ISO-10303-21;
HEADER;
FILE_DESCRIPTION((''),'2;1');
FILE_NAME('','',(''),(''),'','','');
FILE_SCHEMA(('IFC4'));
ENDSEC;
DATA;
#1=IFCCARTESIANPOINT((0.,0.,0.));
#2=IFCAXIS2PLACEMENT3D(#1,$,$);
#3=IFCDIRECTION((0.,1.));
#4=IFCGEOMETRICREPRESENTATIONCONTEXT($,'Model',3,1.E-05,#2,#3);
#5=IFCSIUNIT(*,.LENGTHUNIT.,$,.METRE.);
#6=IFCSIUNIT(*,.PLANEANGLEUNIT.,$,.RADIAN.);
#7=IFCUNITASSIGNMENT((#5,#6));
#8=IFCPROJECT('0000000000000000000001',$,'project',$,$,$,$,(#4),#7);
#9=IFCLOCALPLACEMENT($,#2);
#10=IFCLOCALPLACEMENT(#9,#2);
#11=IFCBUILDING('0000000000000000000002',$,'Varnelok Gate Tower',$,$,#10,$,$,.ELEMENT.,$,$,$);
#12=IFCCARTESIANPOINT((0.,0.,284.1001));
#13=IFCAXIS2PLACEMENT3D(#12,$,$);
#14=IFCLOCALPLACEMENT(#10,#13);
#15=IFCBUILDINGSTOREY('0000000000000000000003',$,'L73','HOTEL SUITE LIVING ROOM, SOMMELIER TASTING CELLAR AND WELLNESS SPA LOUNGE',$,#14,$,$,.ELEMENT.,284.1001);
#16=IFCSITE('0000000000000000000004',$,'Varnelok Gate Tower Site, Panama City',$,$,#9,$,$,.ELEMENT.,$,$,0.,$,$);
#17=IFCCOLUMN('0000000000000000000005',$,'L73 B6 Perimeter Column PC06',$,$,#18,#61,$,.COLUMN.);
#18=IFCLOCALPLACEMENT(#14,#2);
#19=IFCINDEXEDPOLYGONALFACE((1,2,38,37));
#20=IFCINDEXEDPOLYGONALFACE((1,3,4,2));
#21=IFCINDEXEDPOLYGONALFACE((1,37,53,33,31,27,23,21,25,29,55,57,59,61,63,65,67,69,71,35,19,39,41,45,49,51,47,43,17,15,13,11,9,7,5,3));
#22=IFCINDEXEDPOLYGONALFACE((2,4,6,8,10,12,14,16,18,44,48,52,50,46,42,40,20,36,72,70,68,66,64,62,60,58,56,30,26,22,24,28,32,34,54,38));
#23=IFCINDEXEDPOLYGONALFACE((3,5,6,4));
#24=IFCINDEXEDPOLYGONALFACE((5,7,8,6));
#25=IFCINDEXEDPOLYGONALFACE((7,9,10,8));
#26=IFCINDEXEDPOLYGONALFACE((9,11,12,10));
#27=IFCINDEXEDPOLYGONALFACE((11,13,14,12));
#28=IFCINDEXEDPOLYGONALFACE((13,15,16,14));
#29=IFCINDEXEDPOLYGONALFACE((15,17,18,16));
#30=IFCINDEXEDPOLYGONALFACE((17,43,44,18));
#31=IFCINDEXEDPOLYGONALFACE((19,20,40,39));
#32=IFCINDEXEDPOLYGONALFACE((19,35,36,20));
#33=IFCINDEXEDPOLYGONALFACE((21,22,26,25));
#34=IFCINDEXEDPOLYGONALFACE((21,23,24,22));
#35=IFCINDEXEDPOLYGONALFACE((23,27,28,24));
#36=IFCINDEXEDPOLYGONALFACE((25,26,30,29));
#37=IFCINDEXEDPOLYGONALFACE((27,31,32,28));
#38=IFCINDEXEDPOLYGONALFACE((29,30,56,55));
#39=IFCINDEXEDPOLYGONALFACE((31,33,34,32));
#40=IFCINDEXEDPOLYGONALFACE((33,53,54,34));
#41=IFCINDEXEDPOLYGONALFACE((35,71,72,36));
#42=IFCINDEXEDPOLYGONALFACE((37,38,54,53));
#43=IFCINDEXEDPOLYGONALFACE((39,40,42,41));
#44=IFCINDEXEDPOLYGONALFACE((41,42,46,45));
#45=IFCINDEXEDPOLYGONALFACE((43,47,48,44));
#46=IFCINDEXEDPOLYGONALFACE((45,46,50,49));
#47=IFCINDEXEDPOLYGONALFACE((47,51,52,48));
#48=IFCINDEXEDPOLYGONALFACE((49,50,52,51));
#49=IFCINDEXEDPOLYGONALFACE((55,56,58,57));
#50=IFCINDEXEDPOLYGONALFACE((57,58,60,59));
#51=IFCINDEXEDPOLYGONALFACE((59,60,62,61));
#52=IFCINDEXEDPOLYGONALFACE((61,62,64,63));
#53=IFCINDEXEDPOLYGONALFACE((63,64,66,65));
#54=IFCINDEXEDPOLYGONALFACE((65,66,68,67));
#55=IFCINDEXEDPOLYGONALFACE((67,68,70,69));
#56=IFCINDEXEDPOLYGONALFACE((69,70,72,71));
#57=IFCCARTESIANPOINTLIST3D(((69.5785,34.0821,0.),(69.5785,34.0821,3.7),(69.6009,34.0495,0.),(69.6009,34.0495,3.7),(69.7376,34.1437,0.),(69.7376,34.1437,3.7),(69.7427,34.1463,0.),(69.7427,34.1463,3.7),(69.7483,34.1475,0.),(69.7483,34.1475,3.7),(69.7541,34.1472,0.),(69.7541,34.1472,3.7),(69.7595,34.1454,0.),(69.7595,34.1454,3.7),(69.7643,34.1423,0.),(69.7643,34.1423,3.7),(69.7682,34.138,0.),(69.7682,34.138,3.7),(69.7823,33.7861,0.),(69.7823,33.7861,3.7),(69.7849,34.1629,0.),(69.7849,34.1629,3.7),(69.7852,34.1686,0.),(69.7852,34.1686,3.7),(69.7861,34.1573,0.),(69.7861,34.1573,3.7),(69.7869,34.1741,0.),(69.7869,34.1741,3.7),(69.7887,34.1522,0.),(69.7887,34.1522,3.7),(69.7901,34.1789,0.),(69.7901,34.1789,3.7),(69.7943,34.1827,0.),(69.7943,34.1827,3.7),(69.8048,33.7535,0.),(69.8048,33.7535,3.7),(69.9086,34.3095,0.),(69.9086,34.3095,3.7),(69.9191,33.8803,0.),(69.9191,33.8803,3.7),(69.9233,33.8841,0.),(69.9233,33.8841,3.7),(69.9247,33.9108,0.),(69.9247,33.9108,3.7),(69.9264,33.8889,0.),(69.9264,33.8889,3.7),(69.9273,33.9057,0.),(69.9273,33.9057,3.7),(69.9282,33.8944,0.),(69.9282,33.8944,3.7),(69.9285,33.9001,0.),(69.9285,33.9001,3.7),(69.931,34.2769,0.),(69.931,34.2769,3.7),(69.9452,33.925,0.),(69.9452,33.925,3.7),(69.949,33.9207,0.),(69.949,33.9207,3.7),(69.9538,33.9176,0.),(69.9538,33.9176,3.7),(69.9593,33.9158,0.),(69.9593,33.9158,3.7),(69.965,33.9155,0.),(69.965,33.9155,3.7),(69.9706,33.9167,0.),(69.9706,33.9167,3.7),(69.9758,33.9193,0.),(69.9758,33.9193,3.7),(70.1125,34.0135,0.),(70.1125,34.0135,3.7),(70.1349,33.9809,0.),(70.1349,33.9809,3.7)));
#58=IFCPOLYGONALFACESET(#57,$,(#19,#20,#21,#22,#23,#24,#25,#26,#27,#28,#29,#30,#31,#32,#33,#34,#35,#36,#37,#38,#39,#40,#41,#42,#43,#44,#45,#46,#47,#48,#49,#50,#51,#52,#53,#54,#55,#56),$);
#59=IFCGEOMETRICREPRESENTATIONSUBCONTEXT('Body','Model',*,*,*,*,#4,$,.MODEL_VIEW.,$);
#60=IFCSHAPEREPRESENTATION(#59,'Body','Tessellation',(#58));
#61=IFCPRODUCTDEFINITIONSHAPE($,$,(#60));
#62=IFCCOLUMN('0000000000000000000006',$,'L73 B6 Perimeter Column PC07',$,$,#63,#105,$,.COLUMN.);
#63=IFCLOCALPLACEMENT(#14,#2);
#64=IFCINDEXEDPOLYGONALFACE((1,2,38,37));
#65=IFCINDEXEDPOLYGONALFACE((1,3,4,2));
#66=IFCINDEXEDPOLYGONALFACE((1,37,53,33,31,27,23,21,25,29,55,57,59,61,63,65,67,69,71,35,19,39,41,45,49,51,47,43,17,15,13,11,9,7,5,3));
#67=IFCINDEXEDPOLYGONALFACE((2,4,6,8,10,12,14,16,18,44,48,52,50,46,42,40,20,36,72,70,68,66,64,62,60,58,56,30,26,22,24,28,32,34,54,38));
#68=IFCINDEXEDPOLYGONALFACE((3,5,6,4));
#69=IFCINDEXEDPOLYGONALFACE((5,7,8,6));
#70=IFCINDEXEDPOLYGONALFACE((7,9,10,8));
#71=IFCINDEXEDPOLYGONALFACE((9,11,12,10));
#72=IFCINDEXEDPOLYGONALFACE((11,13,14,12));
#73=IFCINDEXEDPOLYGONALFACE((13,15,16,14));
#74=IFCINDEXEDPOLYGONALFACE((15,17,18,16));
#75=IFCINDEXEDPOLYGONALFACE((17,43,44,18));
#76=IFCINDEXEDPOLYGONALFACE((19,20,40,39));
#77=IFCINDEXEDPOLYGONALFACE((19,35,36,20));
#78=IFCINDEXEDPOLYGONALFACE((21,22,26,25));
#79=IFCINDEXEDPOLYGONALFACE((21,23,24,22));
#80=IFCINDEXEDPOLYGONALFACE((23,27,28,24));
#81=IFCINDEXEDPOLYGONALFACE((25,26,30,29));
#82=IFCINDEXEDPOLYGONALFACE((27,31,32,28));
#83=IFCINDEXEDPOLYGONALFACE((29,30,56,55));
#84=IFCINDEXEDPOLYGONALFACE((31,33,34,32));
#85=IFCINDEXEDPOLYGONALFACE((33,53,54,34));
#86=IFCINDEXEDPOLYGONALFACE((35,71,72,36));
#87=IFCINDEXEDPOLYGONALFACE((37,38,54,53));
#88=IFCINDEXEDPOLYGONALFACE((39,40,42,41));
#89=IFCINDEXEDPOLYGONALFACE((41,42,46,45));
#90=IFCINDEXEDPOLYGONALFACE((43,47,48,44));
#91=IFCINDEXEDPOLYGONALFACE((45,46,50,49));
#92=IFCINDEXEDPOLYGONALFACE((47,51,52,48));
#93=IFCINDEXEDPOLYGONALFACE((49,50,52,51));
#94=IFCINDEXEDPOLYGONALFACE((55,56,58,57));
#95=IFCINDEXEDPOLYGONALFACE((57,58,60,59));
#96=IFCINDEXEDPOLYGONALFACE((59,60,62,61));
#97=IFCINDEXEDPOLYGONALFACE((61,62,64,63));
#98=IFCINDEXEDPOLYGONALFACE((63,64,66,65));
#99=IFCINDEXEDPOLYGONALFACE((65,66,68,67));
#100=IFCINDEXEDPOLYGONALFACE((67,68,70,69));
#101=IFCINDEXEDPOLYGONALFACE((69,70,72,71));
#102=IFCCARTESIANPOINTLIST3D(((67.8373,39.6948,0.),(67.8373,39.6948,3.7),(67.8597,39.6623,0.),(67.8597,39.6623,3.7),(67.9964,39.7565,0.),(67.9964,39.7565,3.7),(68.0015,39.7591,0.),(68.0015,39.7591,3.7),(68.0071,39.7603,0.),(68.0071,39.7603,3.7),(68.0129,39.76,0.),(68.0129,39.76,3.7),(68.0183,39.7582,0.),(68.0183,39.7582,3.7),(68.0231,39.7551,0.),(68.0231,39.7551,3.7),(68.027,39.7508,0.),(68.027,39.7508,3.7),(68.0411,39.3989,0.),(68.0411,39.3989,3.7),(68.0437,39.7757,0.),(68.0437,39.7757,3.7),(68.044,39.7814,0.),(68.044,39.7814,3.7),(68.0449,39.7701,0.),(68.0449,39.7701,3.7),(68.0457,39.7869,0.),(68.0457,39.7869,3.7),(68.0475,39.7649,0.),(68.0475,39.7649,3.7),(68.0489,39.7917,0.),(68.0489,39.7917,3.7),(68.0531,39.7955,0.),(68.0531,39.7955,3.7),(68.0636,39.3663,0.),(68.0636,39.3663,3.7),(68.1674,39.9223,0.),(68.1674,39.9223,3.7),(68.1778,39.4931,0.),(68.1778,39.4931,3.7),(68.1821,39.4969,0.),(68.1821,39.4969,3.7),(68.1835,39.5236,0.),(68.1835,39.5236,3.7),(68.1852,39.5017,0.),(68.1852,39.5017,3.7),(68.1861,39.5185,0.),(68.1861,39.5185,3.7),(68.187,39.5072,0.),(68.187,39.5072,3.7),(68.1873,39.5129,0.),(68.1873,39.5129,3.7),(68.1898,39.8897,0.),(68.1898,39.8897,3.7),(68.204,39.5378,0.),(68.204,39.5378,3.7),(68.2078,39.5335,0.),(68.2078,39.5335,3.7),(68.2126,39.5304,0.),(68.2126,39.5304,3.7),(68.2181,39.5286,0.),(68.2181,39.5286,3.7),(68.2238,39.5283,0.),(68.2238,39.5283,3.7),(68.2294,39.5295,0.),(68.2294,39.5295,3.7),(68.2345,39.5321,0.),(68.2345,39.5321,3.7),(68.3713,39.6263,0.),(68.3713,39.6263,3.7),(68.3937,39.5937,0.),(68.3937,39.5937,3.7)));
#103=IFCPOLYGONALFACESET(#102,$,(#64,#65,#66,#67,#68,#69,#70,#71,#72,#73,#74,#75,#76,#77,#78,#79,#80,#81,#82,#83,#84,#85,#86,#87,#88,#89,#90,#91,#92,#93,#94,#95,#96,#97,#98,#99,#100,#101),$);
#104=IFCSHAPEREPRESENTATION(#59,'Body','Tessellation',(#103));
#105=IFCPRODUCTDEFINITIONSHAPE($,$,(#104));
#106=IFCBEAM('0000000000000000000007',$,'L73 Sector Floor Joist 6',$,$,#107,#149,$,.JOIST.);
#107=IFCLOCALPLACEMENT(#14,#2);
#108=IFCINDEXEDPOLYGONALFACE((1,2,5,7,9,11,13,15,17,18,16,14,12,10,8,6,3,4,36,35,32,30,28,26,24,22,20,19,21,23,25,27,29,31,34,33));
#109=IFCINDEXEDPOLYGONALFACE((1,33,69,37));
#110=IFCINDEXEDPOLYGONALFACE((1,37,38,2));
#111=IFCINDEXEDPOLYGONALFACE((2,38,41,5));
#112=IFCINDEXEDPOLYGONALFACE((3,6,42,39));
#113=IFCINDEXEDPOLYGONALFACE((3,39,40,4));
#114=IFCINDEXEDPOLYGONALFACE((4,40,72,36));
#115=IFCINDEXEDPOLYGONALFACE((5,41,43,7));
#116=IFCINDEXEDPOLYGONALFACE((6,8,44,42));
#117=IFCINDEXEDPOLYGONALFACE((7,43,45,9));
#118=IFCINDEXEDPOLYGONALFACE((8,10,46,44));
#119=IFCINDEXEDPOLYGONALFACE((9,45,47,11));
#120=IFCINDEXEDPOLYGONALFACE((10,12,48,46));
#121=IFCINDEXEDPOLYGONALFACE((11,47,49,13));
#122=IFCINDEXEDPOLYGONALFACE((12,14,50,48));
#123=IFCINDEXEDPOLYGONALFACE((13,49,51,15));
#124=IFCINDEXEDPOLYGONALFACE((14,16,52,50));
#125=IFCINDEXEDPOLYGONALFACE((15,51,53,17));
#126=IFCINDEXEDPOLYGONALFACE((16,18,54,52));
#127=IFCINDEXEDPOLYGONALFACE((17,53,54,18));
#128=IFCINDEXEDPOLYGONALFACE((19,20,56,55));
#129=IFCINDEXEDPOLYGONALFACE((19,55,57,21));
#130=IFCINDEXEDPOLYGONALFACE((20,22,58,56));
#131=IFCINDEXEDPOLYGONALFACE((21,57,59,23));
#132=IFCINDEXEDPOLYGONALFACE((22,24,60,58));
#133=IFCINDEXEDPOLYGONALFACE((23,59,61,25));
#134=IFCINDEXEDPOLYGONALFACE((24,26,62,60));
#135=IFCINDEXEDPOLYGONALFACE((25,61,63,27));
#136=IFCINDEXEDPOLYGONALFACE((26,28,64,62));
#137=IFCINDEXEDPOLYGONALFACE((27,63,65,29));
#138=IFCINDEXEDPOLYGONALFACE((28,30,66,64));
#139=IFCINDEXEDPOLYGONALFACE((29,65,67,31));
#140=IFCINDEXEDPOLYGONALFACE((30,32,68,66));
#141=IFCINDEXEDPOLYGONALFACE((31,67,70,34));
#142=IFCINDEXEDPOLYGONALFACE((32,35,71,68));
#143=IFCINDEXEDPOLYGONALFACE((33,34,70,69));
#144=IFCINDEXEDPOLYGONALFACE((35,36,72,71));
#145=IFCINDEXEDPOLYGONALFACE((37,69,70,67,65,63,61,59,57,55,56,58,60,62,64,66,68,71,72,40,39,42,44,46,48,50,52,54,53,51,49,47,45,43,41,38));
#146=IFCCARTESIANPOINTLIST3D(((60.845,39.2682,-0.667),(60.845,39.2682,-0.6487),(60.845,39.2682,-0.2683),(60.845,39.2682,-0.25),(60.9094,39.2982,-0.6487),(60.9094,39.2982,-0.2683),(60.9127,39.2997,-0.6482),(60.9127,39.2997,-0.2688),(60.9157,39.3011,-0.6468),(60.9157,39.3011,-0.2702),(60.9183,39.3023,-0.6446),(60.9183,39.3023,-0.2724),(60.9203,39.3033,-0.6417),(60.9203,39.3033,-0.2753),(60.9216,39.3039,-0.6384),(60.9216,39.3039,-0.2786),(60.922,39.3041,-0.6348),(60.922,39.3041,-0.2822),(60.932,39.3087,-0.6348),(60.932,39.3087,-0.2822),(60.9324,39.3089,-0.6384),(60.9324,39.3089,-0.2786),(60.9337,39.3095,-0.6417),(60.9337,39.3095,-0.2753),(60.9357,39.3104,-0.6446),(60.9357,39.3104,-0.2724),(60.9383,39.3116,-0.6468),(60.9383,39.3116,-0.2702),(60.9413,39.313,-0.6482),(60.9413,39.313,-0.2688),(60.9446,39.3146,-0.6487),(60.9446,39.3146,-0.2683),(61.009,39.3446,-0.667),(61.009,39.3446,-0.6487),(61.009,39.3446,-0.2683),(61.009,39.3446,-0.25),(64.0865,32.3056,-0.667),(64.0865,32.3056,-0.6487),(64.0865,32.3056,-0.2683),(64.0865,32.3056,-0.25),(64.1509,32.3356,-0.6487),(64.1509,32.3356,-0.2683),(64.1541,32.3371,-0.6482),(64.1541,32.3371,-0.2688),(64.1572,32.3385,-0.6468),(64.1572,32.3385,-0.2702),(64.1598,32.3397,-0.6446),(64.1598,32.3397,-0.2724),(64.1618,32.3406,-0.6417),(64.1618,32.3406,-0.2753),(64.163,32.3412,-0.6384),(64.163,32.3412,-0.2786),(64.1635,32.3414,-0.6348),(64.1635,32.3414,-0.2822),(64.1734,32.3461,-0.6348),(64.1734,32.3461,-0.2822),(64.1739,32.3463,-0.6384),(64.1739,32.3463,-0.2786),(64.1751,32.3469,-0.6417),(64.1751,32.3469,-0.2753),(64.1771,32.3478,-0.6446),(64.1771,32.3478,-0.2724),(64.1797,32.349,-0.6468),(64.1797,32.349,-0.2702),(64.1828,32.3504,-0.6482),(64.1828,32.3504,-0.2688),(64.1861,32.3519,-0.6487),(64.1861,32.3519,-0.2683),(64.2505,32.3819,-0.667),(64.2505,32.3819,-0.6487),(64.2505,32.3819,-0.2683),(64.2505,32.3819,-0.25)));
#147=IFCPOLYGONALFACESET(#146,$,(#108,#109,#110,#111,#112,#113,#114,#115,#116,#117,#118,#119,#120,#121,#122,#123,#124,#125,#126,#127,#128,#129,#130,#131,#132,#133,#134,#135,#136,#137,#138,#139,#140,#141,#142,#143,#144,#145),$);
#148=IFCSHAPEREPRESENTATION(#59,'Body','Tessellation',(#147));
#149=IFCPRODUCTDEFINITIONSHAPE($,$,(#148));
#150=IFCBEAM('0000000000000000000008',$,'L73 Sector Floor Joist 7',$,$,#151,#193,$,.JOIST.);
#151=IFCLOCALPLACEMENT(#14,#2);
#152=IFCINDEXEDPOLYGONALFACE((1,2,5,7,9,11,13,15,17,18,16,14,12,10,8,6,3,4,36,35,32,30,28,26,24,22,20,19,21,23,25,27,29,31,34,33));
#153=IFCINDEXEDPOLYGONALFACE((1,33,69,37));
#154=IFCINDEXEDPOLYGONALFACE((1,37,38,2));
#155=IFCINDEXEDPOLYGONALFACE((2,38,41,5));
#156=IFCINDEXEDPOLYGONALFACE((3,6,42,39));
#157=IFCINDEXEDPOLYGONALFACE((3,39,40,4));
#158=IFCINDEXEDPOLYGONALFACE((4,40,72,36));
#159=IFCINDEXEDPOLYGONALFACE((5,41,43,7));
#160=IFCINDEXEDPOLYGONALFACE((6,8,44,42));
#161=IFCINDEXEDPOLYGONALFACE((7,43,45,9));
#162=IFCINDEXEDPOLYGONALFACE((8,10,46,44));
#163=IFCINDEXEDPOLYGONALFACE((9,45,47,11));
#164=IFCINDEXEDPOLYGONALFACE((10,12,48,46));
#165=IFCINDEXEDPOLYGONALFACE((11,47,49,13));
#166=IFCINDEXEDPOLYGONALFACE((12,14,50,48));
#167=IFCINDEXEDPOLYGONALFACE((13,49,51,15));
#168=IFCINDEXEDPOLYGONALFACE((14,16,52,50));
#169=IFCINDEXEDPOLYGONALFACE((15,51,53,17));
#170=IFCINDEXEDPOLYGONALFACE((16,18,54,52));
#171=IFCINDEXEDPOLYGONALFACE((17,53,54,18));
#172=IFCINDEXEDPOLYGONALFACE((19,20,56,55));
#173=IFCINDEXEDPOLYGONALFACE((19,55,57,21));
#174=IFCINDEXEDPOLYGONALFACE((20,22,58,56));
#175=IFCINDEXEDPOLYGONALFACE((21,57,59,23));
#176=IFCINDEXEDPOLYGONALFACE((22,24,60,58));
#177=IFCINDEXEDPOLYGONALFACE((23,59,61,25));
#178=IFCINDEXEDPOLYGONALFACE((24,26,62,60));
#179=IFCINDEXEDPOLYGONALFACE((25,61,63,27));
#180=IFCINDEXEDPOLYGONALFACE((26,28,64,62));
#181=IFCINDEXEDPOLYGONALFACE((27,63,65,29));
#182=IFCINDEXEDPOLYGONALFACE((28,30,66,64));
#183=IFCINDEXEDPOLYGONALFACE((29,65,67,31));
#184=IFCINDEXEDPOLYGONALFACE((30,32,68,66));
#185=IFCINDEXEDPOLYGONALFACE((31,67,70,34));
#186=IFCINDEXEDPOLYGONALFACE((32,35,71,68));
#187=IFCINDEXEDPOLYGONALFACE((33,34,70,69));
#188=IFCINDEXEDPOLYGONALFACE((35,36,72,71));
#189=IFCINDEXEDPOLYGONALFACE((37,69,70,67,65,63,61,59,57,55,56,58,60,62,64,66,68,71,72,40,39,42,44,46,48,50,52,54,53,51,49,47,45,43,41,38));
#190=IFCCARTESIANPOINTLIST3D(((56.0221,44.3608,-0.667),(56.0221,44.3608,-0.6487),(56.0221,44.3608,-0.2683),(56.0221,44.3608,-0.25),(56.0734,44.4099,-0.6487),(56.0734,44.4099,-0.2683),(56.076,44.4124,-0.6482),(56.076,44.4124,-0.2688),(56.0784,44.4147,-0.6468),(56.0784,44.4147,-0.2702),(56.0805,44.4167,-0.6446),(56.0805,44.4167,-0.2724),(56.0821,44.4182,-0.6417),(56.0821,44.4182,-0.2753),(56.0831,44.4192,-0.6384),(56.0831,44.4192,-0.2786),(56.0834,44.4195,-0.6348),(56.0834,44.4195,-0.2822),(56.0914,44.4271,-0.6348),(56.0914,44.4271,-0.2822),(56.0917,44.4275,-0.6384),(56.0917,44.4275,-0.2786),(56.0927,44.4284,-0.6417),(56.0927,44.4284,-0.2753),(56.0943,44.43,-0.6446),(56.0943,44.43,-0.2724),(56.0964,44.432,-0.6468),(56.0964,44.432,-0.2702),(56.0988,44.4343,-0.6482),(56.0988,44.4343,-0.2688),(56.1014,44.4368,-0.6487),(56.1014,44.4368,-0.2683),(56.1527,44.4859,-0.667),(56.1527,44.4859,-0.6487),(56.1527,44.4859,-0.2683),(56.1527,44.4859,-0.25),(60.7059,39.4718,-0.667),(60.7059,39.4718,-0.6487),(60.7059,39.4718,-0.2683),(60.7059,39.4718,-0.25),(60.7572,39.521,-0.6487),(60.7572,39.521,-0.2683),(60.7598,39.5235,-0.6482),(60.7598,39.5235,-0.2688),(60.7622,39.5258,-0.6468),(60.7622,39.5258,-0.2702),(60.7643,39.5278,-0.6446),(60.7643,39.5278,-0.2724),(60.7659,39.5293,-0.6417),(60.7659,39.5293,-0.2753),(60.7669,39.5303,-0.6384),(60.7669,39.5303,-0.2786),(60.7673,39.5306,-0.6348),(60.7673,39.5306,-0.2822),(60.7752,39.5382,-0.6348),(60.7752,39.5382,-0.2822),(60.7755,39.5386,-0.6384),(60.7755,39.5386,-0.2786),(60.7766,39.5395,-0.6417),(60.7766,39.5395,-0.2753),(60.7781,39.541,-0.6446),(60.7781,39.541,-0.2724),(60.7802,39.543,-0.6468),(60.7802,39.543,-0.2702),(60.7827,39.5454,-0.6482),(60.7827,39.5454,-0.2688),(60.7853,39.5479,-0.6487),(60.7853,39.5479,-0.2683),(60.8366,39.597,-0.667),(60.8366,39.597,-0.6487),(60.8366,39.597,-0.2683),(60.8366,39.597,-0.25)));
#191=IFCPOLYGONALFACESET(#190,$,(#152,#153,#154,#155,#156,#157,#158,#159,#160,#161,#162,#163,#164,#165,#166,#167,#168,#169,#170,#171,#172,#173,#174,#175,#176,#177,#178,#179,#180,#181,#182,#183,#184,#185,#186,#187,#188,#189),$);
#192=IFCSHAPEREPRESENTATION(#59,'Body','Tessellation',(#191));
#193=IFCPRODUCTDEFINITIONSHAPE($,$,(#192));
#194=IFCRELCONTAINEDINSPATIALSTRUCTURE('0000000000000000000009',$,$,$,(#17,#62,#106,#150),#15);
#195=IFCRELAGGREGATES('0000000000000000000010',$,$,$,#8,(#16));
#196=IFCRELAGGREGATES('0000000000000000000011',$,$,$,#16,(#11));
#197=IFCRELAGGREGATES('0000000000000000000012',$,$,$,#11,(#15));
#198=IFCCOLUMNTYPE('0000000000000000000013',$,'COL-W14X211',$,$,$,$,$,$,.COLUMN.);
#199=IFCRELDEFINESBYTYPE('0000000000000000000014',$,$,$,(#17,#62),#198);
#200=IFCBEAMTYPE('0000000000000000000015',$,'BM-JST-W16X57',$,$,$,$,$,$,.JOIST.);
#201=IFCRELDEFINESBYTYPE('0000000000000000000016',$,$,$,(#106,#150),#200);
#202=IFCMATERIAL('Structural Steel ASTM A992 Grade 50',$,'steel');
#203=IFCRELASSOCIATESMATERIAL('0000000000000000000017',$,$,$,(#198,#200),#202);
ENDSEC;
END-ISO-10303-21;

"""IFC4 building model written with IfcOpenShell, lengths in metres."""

from ifc_helpers import new_model, si_unit, direction, frame, origin, origin_2d, place, context, subcontext, project, spatial, i_section, extrude, material, material_profile, profile_set, type_object, element, save


model = new_model("IFC4")

# Units and contexts
model_context = context("Model", 3, precision=1e-05, world=origin(), true_north=direction((0.0, 1.0)))
body_context = subcontext(model_context, "Body", "Model", "MODEL_VIEW")
ifc_project = project(units=[si_unit("LENGTHUNIT", "METRE"), si_unit("PLANEANGLEUNIT", "RADIAN")], contexts=[model_context])

# Site, building, storey
site_placement = place(None, origin())
site = spatial("IfcSite", under=ifc_project, at=site_placement, Name="Varnelok Gate Tower Site, Panama City", CompositionType="ELEMENT", RefElevation=0.0)
building_placement = place(site_placement, origin())
building = spatial("IfcBuilding", under=site, at=building_placement, Name="Varnelok Gate Tower", CompositionType="ELEMENT")
storey_placement = place(building_placement, frame((0.0, 0.0, 284.1001)))
storey = spatial("IfcBuildingStorey", under=building, at=storey_placement, Name="L73", Description="HOTEL SUITE LIVING ROOM, SOMMELIER TASTING CELLAR AND WELLNESS SPA LOUNGE", CompositionType="ELEMENT", Elevation=284.1001)

# Columns
ifc_material_1 = material(Name="Structural Steel ASTM A992 Grade 50", Category="steel")
ifc_material_profile_1 = material_profile(ifc_material_1, i_section(OverallWidth=0.4009, OverallDepth=0.3989, WebThickness=0.0249, FlangeThickness=0.0396, FilletRadius=0.022, at=origin_2d()), Name="W14X211")
ifc_profile_set_1 = profile_set([ifc_material_profile_1], Name="Structural Steel ASTM A992 Grade 50")
column_type = type_object("IfcColumnType", Name="COL-W14X211", PredefinedType="COLUMN", material=ifc_profile_set_1)
for number, where, z_axis, x_axis, name in (
    (1, (69.8567, 34.0315, 0.0), (0.0, 0.0, 1.0), (0.823533, 0.567269, 0.0), "L73 B6 Perimeter Column PC06"),
    (2, (68.1155, 39.6443, 0.0), (0.0, 0.0, 1.0), (0.823533, 0.567269, 0.0), "L73 B6 Perimeter Column PC07"),
):
    element("IfcColumn", number, at=place(storey_placement, frame(where, z_axis=z_axis, x_axis=x_axis)), inside=storey, type_object=column_type, Name=name, PredefinedType="COLUMN", context=body_context, shape_type="SweptSolid", body=[
        extrude(i_section(OverallWidth=0.4009, OverallDepth=0.3989, WebThickness=0.0249, FlangeThickness=0.0396, FilletRadius=0.022, at=origin_2d()), origin(), (0.0, 0.0, 1.0), 3.7),
    ])

# Beams
ifc_material_profile_2 = material_profile(ifc_material_1, i_section(OverallWidth=0.1809, OverallDepth=0.417, WebThickness=0.011, FlangeThickness=0.0183, FilletRadius=0.0139, at=origin_2d()), Name="W16X57")
ifc_profile_set_2 = profile_set([ifc_material_profile_2], Name="Structural Steel ASTM A992 Grade 50")
beam_type_1 = type_object("IfcBeamType", Name="BM-JST-W16X57", PredefinedType="JOIST", material=ifc_profile_set_2)
beam_1_placement = place(storey_placement, frame((64.1685, 32.3438, -0.4585), z_axis=(-0.422053, 0.906571, 0.0), x_axis=(-0.906571, -0.422053, 0.0)))
element("IfcBeam", 3, at=beam_1_placement, inside=storey, type_object=beam_type_1, Name="L73 Sector Floor Joist 6", PredefinedType="JOIST", context=body_context, shape_type="SweptSolid", body=[
    extrude(i_section(OverallWidth=0.1809, OverallDepth=0.417, WebThickness=0.011, FlangeThickness=0.0183, FilletRadius=0.0139, at=origin_2d()), origin(), (0.0, 0.0, 1.0), 7.6802),
])
beam_2_placement = place(storey_placement, frame((60.7712, 39.5344, -0.4585), z_axis=(-0.6918, 0.72209, 0.0), x_axis=(-0.72209, -0.6918, 0.0)))
element("IfcBeam", 4, at=beam_2_placement, inside=storey, type_object=beam_type_1, Name="L73 Sector Floor Joist 7", PredefinedType="JOIST", context=body_context, shape_type="SweptSolid", body=[
    extrude(i_section(OverallWidth=0.1809, OverallDepth=0.417, WebThickness=0.011, FlangeThickness=0.0183, FilletRadius=0.0139, at=origin_2d()), origin(), (0.0, 0.0, 1.0), 6.7705),
])

save(model, "model.ifc")
